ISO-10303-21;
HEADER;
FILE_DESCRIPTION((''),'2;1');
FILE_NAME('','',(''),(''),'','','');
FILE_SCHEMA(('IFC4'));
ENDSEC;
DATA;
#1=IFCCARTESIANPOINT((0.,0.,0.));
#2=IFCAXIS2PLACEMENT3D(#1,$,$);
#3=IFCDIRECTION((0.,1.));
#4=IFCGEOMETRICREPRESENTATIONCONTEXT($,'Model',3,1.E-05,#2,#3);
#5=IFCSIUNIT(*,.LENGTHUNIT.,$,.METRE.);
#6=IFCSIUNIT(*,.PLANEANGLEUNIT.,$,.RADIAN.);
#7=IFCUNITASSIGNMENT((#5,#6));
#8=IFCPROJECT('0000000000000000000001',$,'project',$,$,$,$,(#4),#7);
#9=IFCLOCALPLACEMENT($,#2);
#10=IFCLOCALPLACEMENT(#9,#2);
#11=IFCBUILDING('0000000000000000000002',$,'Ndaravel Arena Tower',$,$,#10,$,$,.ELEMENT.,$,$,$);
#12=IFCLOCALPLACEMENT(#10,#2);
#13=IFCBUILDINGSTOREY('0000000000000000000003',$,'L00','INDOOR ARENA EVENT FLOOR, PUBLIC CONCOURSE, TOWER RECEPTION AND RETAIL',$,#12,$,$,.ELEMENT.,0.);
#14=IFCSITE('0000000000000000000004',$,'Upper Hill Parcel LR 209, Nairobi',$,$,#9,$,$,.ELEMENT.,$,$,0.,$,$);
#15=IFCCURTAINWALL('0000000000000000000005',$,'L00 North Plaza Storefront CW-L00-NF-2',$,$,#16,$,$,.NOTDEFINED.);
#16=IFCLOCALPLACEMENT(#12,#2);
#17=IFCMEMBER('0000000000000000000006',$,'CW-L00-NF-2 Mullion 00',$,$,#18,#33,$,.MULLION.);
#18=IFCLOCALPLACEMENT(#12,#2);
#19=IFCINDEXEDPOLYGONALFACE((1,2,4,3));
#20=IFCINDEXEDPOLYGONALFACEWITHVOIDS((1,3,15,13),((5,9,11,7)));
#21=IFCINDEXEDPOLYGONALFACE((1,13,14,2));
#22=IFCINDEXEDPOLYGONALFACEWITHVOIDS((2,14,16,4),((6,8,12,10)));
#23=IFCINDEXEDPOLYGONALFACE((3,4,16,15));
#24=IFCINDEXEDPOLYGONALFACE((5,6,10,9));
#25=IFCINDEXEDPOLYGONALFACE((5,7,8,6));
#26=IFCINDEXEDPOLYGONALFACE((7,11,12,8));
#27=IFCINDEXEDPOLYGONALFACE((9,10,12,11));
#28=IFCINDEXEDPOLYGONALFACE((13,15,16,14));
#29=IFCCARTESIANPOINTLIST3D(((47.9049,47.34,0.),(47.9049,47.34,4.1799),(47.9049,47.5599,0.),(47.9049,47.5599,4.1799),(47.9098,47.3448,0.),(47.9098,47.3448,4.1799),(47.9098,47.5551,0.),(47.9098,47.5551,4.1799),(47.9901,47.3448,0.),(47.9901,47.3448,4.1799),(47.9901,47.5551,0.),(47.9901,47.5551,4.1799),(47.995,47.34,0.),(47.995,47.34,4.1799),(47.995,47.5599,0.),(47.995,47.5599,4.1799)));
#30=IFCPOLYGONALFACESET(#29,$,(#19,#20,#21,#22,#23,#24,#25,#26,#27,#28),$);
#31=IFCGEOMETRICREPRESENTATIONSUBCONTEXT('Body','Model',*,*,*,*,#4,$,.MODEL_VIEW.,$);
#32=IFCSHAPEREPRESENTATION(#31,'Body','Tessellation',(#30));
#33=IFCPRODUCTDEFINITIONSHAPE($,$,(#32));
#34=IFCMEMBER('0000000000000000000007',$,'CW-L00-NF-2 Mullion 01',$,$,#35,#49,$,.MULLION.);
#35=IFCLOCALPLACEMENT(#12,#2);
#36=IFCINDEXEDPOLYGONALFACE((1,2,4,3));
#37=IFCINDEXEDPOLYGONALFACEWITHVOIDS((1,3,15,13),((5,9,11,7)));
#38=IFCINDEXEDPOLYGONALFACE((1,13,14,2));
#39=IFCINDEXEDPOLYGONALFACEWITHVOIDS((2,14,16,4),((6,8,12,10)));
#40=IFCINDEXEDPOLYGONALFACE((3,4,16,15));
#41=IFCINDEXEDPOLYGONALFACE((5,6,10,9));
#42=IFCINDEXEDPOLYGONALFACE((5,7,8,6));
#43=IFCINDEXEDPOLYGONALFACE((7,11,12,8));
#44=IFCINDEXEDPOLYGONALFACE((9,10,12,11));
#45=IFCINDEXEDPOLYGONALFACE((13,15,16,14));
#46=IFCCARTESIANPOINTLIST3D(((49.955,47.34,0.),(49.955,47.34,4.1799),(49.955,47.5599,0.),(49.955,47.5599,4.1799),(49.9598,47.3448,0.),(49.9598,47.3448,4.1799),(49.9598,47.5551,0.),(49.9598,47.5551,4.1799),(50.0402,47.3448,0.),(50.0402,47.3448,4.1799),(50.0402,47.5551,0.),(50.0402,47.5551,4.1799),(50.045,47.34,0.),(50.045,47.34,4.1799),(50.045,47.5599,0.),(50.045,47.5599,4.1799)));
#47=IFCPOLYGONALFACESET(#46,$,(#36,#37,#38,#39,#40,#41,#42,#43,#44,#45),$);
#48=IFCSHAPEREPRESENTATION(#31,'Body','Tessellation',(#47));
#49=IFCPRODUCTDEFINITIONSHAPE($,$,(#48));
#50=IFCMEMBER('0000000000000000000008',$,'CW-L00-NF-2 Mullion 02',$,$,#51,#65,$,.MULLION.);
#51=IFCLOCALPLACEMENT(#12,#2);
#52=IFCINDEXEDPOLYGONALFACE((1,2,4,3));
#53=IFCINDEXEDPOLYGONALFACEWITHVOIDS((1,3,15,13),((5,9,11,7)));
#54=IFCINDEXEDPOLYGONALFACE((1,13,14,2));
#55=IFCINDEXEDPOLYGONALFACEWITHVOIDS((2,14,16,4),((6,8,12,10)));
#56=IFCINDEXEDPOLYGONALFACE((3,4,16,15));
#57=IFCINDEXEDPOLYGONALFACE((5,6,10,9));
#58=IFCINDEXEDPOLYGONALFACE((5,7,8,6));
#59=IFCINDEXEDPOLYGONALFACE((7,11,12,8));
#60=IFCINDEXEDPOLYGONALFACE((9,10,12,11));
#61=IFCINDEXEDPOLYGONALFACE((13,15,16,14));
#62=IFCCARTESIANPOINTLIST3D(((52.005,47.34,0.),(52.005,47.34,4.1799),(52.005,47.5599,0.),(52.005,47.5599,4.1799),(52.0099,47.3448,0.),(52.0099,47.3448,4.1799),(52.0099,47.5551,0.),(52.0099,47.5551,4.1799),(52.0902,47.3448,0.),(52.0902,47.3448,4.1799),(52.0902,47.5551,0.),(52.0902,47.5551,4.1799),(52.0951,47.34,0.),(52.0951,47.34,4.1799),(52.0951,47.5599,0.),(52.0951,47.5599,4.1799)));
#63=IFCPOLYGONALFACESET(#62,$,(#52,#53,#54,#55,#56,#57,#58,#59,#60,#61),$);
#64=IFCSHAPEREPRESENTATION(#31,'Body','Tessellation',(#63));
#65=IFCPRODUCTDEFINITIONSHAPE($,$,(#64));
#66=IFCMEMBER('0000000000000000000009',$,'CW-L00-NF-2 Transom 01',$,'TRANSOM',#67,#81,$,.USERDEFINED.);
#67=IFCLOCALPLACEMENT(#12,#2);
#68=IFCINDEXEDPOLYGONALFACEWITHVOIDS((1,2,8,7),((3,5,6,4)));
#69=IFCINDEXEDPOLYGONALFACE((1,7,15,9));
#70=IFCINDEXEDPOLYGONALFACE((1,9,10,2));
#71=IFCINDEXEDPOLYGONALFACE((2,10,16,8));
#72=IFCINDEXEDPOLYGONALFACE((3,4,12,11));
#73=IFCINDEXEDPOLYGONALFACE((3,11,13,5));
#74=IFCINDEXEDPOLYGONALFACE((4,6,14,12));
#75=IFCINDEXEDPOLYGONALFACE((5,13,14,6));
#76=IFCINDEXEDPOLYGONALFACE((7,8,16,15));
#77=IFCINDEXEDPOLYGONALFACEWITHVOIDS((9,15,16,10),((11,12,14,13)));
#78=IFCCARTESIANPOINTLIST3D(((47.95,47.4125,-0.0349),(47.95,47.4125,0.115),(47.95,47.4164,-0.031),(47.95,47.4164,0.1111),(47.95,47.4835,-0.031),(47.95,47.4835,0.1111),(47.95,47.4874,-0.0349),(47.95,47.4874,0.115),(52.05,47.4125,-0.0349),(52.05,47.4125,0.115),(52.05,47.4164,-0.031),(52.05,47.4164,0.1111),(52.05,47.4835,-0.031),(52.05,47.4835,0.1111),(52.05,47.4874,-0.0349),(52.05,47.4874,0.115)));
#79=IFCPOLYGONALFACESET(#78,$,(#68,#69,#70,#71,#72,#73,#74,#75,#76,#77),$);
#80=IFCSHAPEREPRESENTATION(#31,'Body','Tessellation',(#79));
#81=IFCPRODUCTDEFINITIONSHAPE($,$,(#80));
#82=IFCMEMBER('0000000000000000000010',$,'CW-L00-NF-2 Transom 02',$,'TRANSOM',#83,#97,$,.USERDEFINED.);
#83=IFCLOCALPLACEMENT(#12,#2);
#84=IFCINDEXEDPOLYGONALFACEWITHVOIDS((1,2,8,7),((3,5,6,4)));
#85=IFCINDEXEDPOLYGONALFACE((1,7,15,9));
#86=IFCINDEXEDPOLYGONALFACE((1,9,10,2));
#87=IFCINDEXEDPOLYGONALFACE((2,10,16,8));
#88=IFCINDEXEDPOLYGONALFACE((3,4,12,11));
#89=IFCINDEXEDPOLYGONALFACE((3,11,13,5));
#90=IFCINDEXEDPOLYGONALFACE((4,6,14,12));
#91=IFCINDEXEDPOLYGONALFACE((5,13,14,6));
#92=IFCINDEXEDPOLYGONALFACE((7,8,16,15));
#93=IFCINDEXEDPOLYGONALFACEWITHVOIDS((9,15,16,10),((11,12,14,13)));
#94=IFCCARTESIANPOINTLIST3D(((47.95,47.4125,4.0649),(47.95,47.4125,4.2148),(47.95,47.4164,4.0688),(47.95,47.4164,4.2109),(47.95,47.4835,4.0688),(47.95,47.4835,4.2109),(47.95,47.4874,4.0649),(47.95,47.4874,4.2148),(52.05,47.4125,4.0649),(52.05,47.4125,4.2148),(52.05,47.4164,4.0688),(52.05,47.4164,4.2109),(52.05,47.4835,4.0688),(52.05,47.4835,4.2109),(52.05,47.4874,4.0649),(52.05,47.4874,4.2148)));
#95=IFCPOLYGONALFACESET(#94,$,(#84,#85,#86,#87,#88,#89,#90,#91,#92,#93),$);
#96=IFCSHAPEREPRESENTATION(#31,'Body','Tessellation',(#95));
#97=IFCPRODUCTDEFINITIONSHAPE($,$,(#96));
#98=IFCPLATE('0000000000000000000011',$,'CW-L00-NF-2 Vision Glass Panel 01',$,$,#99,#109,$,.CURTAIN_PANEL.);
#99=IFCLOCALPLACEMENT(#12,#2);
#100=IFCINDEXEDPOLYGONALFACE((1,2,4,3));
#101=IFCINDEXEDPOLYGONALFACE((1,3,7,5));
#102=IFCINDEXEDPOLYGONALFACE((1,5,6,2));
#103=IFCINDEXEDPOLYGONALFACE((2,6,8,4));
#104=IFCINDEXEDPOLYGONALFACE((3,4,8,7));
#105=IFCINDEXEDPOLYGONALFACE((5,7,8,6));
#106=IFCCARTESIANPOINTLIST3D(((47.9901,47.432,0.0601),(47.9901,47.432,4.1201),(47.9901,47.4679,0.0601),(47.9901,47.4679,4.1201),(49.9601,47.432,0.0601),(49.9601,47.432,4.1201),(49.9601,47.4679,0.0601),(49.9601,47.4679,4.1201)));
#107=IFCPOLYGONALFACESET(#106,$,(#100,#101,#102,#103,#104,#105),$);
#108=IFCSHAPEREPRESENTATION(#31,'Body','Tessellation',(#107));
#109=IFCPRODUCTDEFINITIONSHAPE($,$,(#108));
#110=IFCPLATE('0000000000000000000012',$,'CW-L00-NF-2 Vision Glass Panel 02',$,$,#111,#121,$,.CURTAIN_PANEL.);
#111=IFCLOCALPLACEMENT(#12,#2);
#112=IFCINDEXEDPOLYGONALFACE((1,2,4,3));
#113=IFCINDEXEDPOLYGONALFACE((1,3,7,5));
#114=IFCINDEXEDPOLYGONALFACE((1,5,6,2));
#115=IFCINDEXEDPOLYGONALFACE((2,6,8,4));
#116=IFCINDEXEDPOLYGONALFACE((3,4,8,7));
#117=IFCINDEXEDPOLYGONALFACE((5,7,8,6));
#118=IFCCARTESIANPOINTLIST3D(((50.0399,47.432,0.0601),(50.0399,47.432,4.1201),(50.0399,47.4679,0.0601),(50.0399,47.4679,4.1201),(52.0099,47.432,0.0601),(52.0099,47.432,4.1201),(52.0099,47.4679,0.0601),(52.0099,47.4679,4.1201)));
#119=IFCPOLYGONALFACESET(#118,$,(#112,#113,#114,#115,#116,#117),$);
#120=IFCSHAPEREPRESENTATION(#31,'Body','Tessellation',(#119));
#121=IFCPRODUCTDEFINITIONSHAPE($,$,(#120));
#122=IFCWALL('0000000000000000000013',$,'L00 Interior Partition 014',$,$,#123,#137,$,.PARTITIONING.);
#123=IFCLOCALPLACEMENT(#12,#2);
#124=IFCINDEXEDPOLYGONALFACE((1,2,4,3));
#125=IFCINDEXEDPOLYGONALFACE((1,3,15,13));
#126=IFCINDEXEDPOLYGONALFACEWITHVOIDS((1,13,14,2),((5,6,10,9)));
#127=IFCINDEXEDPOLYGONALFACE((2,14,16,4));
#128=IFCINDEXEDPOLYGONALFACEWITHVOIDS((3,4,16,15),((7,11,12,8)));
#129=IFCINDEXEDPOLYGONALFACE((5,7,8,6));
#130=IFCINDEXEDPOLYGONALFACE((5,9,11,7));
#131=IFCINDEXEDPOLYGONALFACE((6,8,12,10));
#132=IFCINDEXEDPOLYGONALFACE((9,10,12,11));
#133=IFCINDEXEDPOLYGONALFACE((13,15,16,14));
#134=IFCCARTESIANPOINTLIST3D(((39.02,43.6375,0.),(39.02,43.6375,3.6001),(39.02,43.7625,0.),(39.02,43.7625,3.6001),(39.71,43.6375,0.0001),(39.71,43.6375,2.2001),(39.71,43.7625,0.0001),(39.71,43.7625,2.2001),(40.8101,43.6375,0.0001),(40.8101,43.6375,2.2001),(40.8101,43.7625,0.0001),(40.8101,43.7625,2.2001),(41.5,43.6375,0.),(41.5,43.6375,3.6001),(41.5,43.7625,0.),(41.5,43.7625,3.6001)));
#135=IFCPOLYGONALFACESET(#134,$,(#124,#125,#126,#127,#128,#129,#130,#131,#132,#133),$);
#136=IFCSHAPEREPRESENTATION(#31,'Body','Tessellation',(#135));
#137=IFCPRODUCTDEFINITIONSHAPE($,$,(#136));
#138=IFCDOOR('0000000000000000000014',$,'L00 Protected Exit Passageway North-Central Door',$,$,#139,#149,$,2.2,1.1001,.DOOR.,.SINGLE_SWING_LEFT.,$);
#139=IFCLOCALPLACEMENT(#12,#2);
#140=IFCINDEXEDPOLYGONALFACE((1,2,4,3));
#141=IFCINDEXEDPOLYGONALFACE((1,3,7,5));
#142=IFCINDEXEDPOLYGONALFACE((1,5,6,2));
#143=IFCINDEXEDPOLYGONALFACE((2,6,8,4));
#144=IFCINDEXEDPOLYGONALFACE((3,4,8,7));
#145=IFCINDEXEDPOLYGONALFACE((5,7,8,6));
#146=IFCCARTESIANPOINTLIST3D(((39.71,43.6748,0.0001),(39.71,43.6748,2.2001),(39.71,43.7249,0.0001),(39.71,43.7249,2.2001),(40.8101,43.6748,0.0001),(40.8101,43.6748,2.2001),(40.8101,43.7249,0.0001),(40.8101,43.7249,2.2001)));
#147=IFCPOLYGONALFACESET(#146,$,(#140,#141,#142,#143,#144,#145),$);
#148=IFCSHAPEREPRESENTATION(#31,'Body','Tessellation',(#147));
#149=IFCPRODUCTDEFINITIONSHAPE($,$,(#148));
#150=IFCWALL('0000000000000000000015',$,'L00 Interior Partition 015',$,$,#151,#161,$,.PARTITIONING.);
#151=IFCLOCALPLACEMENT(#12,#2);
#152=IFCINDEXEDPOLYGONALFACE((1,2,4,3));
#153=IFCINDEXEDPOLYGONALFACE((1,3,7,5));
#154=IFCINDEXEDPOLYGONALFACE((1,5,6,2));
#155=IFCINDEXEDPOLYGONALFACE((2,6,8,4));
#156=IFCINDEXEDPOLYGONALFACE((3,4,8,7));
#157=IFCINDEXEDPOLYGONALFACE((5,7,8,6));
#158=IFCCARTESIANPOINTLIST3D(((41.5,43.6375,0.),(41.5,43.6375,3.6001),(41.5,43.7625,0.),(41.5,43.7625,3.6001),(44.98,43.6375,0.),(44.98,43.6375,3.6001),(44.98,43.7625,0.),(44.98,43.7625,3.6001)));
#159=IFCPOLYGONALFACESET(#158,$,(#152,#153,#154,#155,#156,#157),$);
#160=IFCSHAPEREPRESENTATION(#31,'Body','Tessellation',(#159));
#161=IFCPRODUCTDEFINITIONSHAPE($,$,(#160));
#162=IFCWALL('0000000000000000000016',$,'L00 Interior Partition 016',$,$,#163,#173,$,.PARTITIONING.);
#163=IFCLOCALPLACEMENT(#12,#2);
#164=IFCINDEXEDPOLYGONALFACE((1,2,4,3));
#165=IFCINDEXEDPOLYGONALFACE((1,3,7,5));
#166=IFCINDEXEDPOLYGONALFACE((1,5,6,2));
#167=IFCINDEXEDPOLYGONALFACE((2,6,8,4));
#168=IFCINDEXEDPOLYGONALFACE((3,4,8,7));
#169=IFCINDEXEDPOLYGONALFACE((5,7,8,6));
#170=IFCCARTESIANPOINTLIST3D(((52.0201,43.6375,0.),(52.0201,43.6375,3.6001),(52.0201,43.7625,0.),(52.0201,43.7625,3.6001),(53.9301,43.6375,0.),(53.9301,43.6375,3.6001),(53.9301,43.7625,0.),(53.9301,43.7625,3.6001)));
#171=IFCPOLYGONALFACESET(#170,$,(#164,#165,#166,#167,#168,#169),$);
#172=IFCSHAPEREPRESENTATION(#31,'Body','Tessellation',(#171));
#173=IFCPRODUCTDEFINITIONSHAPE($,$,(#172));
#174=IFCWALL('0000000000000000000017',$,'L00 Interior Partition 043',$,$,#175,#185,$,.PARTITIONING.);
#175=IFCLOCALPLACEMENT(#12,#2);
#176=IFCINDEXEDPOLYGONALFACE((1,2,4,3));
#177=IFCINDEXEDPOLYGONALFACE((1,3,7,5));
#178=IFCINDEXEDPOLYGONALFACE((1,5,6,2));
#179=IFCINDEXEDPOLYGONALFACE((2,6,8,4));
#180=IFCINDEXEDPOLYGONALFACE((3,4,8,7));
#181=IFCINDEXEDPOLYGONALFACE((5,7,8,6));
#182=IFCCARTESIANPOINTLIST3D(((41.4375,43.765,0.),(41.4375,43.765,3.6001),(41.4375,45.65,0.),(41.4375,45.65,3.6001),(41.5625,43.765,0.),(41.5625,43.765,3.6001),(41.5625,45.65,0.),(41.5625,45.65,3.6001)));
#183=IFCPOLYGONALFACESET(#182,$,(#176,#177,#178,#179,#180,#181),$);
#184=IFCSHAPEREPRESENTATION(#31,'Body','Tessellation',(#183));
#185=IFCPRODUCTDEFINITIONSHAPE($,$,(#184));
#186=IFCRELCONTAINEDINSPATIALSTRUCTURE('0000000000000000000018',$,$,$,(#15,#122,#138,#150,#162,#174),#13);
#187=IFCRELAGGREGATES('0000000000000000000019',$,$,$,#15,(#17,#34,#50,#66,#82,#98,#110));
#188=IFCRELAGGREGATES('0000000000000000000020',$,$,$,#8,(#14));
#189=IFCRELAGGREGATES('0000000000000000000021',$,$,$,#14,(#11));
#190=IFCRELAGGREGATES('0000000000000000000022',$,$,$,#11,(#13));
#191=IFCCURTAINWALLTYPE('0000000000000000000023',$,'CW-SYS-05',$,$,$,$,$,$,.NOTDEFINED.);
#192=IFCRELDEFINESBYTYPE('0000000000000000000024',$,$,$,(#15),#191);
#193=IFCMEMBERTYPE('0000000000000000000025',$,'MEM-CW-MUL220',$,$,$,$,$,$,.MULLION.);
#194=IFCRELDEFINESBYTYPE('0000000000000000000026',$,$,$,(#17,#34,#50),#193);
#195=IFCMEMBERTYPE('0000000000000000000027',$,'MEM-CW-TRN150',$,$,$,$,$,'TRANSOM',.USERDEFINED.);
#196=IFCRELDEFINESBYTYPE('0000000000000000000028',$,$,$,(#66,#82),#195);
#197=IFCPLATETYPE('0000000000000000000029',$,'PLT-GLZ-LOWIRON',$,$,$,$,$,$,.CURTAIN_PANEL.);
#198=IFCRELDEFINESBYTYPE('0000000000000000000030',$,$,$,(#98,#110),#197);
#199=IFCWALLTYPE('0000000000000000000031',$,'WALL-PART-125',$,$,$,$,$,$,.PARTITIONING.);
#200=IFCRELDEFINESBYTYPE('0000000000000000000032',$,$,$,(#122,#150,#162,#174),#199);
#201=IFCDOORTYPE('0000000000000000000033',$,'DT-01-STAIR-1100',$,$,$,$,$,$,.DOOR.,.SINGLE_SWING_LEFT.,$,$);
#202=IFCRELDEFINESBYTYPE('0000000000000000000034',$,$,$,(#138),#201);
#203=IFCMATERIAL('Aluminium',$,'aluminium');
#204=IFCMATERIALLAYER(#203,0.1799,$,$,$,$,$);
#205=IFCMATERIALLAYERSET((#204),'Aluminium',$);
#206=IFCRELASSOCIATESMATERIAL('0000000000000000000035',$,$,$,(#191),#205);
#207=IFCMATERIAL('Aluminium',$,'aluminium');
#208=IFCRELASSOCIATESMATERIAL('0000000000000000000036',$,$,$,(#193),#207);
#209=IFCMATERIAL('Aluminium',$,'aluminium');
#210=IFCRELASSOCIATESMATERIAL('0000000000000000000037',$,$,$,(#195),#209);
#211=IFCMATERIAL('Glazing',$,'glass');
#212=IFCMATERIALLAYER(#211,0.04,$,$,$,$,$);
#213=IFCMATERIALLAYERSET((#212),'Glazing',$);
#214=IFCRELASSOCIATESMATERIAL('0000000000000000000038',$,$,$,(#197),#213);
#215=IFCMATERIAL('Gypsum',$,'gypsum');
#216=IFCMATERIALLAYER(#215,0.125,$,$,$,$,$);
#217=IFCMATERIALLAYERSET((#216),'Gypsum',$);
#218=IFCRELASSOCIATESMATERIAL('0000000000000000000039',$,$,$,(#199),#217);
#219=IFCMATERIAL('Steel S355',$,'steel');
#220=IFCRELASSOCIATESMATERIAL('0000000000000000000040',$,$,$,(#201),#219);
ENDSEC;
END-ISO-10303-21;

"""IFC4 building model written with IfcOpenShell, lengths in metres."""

from ifc_helpers import new_model, si_unit, direction, frame, frame_2d, origin, origin_2d, place, context, subcontext, project, spatial, rectangle, hollow_rectangle, extrude, material, layer, layer_set, material_profile, profile_set, type_object, element, fill, aggregate, save


model = new_model("IFC4")

# Units and contexts
model_context = context("Model", 3, precision=1e-05, world=origin(), true_north=direction((0.0, 1.0)))
body_context = subcontext(model_context, "Body", "Model", "MODEL_VIEW")
ifc_project = project(units=[si_unit("LENGTHUNIT", "METRE"), si_unit("PLANEANGLEUNIT", "RADIAN")], contexts=[model_context])

# Site, building, storey
site_placement = place(None, origin())
site = spatial("IfcSite", under=ifc_project, at=site_placement, Name="Upper Hill Parcel LR 209, Nairobi", CompositionType="ELEMENT", RefElevation=0.0)
building_placement = place(site_placement, origin())
building = spatial("IfcBuilding", under=site, at=building_placement, Name="Ndaravel Arena Tower", CompositionType="ELEMENT")
storey_placement = place(building_placement, origin())
storey = spatial("IfcBuildingStorey", under=building, at=storey_placement, Name="L00", Description="INDOOR ARENA EVENT FLOOR, PUBLIC CONCOURSE, TOWER RECEPTION AND RETAIL", CompositionType="ELEMENT", Elevation=0.0)

# Curtain wall, members, plates
ifc_material_1 = material(Name="Aluminium", Category="aluminium")
ifc_layer_1 = layer(ifc_material_1, 0.1799)
ifc_layer_set_1 = layer_set([ifc_layer_1], Name="Aluminium")
curtain_wall_type = type_object("IfcCurtainWallType", Name="CW-SYS-05", PredefinedType="NOTDEFINED", material=ifc_layer_set_1)
curtain_wall_placement = place(storey_placement, origin())
curtain_wall = element("IfcCurtainWall", 1, at=curtain_wall_placement, inside=storey, type_object=curtain_wall_type, Name="L00 North Plaza Storefront CW-L00-NF-2", PredefinedType="NOTDEFINED")
ifc_material_2 = material(Name="Aluminium", Category="aluminium")
ifc_material_profile_1 = material_profile(ifc_material_2, hollow_rectangle(XDim=0.0901, YDim=0.22, WallThickness=0.0049, at=origin_2d()), Name="CW MULLION 90x220x5")
ifc_profile_set_1 = profile_set([ifc_material_profile_1], Name="Aluminium")
member_type_1 = type_object("IfcMemberType", Name="MEM-CW-MUL220", PredefinedType="MULLION", material=ifc_profile_set_1)
member_1_placement = place(storey_placement, frame((47.95, 47.45, 0.0), z_axis=(0.0, 0.0, 1.0), x_axis=(1.0, 0.0, 0.0)))
member_1 = element("IfcMember", 2, at=member_1_placement, type_object=member_type_1, Name="CW-L00-NF-2 Mullion 00", PredefinedType="MULLION", context=body_context, shape_type="SweptSolid", body=[
    extrude(hollow_rectangle(XDim=0.0901, YDim=0.22, WallThickness=0.0049, at=origin_2d()), origin(), (0.0, 0.0, 1.0), 4.1799),
])
member_2_placement = place(storey_placement, frame((50.0, 47.45, 0.0), z_axis=(0.0, 0.0, 1.0), x_axis=(1.0, 0.0, 0.0)))
member_2 = element("IfcMember", 3, at=member_2_placement, type_object=member_type_1, Name="CW-L00-NF-2 Mullion 01", PredefinedType="MULLION", context=body_context, shape_type="SweptSolid", body=[
    extrude(hollow_rectangle(XDim=0.0901, YDim=0.22, WallThickness=0.0049, at=origin_2d()), origin(), (0.0, 0.0, 1.0), 4.1799),
])
member_3_placement = place(storey_placement, frame((52.05, 47.45, 0.0), z_axis=(0.0, 0.0, 1.0), x_axis=(1.0, 0.0, 0.0)))
member_3 = element("IfcMember", 4, at=member_3_placement, type_object=member_type_1, Name="CW-L00-NF-2 Mullion 02", PredefinedType="MULLION", context=body_context, shape_type="SweptSolid", body=[
    extrude(hollow_rectangle(XDim=0.0901, YDim=0.22, WallThickness=0.0049, at=origin_2d()), origin(), (0.0, 0.0, 1.0), 4.1799),
])
ifc_material_3 = material(Name="Aluminium", Category="aluminium")
ifc_material_profile_2 = material_profile(ifc_material_3, hollow_rectangle(XDim=0.075, YDim=0.1499, WallThickness=0.0039, at=origin_2d()), Name="CW TRANSOM 75x150x4")
ifc_profile_set_2 = profile_set([ifc_material_profile_2], Name="Aluminium")
member_type_2 = type_object("IfcMemberType", Name="MEM-CW-TRN150", ElementType="TRANSOM", PredefinedType="USERDEFINED", material=ifc_profile_set_2)
member_4_placement = place(storey_placement, frame((47.95, 47.45, 0.04), z_axis=(1.0, 0.0, 0.0), x_axis=(0.0, 1.0, 0.0)))
member_4 = element("IfcMember", 5, at=member_4_placement, type_object=member_type_2, Name="CW-L00-NF-2 Transom 01", ObjectType="TRANSOM", PredefinedType="USERDEFINED", context=body_context, shape_type="SweptSolid", body=[
    extrude(hollow_rectangle(XDim=0.075, YDim=0.1499, WallThickness=0.0039, at=origin_2d()), origin(), (0.0, 0.0, 1.0), 4.1001),
])
member_5_placement = place(storey_placement, frame((47.95, 47.45, 4.1399), z_axis=(1.0, 0.0, 0.0), x_axis=(0.0, 1.0, 0.0)))
member_5 = element("IfcMember", 6, at=member_5_placement, type_object=member_type_2, Name="CW-L00-NF-2 Transom 02", ObjectType="TRANSOM", PredefinedType="USERDEFINED", context=body_context, shape_type="SweptSolid", body=[
    extrude(hollow_rectangle(XDim=0.075, YDim=0.1499, WallThickness=0.0039, at=origin_2d()), origin(), (0.0, 0.0, 1.0), 4.1001),
])
ifc_material_4 = material(Name="Glazing", Category="glass")
ifc_layer_2 = layer(ifc_material_4, 0.04)
ifc_layer_set_2 = layer_set([ifc_layer_2], Name="Glazing")
plate_type = type_object("IfcPlateType", Name="PLT-GLZ-LOWIRON", PredefinedType="CURTAIN_PANEL", material=ifc_layer_set_2)
plate_1_placement = place(storey_placement, frame((48.9751, 47.45, 0.0601), z_axis=(0.0, 0.0, 1.0), x_axis=(1.0, 0.0, 0.0)))
plate_1 = element("IfcPlate", 7, at=plate_1_placement, type_object=plate_type, Name="CW-L00-NF-2 Vision Glass Panel 01", PredefinedType="CURTAIN_PANEL", context=body_context, shape_type="SweptSolid", body=[
    extrude(rectangle(XDim=1.97, YDim=0.0359, at=origin_2d()), origin(), (0.0, 0.0, 1.0), 4.0601),
])
plate_2_placement = place(storey_placement, frame((51.0249, 47.45, 0.0601), z_axis=(0.0, 0.0, 1.0), x_axis=(1.0, 0.0, 0.0)))
plate_2 = element("IfcPlate", 8, at=plate_2_placement, type_object=plate_type, Name="CW-L00-NF-2 Vision Glass Panel 02", PredefinedType="CURTAIN_PANEL", context=body_context, shape_type="SweptSolid", body=[
    extrude(rectangle(XDim=1.97, YDim=0.0359, at=origin_2d()), origin(), (0.0, 0.0, 1.0), 4.0601),
])
aggregate(curtain_wall, [member_1, member_2, member_3, member_4, member_5, plate_1, plate_2])

# Wall, opening, door
ifc_material_5 = material(Name="Gypsum", Category="gypsum")
ifc_layer_3 = layer(ifc_material_5, 0.125)
ifc_layer_set_3 = layer_set([ifc_layer_3], Name="Gypsum")
wall_type = type_object("IfcWallType", Name="WALL-PART-125", PredefinedType="PARTITIONING", material=ifc_layer_set_3)
wall_1_placement = place(storey_placement, frame((39.02, 43.7, 0.0), z_axis=(0.0, 0.0, 1.0), x_axis=(1.0, 0.0, 0.0)))
wall_1 = element("IfcWall", 9, at=wall_1_placement, inside=storey, type_object=wall_type, Name="L00 Interior Partition 014", PredefinedType="PARTITIONING", context=body_context, shape_type="SweptSolid", body=[
    extrude(rectangle(XDim=2.48, YDim=0.125, at=frame_2d((1.24, 0.0))), origin(), (0.0, 0.0, 1.0), 3.6001),
])
opening_placement = place(wall_1_placement, frame((0.6899, 0.0, 0.0)))
opening = element("IfcOpeningElement", 10, at=opening_placement, cuts=wall_1, PredefinedType="OPENING", context=body_context, shape_type="SweptSolid", body=[
    extrude(rectangle(XDim=1.1001, YDim=2.2, at=frame_2d((0.55, 1.1001))), frame((0.0, 0.0625, 0.0), z_axis=(0.0, -1.0, 0.0), x_axis=(1.0, 0.0, 0.0)), (0.0, 0.0, 1.0), 0.125),
])
ifc_material_6 = material(Name="Steel S355", Category="steel")
door_type = type_object("IfcDoorType", Name="DT-01-STAIR-1100", OperationType="SINGLE_SWING_LEFT", PredefinedType="DOOR", material=ifc_material_6)
door_placement = place(opening_placement, origin())
door = element("IfcDoor", 11, at=door_placement, inside=storey, type_object=door_type, Name="L00 Protected Exit Passageway North-Central Door", OperationType="SINGLE_SWING_LEFT", OverallHeight=2.2, OverallWidth=1.1001, PredefinedType="DOOR", context=body_context, shape_type="SweptSolid", body=[
    extrude(rectangle(XDim=1.1001, YDim=2.2, at=frame_2d((0.55, 1.1001))), frame((0.0, 0.0249, 0.0), z_axis=(0.0, -1.0, 0.0), x_axis=(1.0, 0.0, 0.0)), (0.0, 0.0, 1.0), 0.05),
])
fill(opening, door)

# Walls
wall_2_placement = place(storey_placement, frame((41.5, 43.7, 0.0), z_axis=(0.0, 0.0, 1.0), x_axis=(1.0, 0.0, 0.0)))
element("IfcWall", 12, at=wall_2_placement, inside=storey, type_object=wall_type, Name="L00 Interior Partition 015", PredefinedType="PARTITIONING", context=body_context, shape_type="SweptSolid", body=[
    extrude(rectangle(XDim=3.48, YDim=0.125, at=frame_2d((1.74, 0.0))), origin(), (0.0, 0.0, 1.0), 3.6001),
])
wall_3_placement = place(storey_placement, frame((52.02, 43.7, 0.0), z_axis=(0.0, 0.0, 1.0), x_axis=(1.0, 0.0, 0.0)))
element("IfcWall", 13, at=wall_3_placement, inside=storey, type_object=wall_type, Name="L00 Interior Partition 016", PredefinedType="PARTITIONING", context=body_context, shape_type="SweptSolid", body=[
    extrude(rectangle(XDim=1.9099, YDim=0.125, at=frame_2d((0.9551, 0.0))), origin(), (0.0, 0.0, 1.0), 3.6001),
])
wall_4_placement = place(storey_placement, frame((41.5, 45.6499, 0.0), z_axis=(0.0, 0.0, 1.0), x_axis=(0.0, -1.0, 0.0)))
element("IfcWall", 14, at=wall_4_placement, inside=storey, type_object=wall_type, Name="L00 Interior Partition 043", PredefinedType="PARTITIONING", context=body_context, shape_type="SweptSolid", body=[
    extrude(rectangle(XDim=1.885, YDim=0.125, at=frame_2d((0.9424, 0.0))), origin(), (0.0, 0.0, 1.0), 3.6001),
])

save(model, "model.ifc")
